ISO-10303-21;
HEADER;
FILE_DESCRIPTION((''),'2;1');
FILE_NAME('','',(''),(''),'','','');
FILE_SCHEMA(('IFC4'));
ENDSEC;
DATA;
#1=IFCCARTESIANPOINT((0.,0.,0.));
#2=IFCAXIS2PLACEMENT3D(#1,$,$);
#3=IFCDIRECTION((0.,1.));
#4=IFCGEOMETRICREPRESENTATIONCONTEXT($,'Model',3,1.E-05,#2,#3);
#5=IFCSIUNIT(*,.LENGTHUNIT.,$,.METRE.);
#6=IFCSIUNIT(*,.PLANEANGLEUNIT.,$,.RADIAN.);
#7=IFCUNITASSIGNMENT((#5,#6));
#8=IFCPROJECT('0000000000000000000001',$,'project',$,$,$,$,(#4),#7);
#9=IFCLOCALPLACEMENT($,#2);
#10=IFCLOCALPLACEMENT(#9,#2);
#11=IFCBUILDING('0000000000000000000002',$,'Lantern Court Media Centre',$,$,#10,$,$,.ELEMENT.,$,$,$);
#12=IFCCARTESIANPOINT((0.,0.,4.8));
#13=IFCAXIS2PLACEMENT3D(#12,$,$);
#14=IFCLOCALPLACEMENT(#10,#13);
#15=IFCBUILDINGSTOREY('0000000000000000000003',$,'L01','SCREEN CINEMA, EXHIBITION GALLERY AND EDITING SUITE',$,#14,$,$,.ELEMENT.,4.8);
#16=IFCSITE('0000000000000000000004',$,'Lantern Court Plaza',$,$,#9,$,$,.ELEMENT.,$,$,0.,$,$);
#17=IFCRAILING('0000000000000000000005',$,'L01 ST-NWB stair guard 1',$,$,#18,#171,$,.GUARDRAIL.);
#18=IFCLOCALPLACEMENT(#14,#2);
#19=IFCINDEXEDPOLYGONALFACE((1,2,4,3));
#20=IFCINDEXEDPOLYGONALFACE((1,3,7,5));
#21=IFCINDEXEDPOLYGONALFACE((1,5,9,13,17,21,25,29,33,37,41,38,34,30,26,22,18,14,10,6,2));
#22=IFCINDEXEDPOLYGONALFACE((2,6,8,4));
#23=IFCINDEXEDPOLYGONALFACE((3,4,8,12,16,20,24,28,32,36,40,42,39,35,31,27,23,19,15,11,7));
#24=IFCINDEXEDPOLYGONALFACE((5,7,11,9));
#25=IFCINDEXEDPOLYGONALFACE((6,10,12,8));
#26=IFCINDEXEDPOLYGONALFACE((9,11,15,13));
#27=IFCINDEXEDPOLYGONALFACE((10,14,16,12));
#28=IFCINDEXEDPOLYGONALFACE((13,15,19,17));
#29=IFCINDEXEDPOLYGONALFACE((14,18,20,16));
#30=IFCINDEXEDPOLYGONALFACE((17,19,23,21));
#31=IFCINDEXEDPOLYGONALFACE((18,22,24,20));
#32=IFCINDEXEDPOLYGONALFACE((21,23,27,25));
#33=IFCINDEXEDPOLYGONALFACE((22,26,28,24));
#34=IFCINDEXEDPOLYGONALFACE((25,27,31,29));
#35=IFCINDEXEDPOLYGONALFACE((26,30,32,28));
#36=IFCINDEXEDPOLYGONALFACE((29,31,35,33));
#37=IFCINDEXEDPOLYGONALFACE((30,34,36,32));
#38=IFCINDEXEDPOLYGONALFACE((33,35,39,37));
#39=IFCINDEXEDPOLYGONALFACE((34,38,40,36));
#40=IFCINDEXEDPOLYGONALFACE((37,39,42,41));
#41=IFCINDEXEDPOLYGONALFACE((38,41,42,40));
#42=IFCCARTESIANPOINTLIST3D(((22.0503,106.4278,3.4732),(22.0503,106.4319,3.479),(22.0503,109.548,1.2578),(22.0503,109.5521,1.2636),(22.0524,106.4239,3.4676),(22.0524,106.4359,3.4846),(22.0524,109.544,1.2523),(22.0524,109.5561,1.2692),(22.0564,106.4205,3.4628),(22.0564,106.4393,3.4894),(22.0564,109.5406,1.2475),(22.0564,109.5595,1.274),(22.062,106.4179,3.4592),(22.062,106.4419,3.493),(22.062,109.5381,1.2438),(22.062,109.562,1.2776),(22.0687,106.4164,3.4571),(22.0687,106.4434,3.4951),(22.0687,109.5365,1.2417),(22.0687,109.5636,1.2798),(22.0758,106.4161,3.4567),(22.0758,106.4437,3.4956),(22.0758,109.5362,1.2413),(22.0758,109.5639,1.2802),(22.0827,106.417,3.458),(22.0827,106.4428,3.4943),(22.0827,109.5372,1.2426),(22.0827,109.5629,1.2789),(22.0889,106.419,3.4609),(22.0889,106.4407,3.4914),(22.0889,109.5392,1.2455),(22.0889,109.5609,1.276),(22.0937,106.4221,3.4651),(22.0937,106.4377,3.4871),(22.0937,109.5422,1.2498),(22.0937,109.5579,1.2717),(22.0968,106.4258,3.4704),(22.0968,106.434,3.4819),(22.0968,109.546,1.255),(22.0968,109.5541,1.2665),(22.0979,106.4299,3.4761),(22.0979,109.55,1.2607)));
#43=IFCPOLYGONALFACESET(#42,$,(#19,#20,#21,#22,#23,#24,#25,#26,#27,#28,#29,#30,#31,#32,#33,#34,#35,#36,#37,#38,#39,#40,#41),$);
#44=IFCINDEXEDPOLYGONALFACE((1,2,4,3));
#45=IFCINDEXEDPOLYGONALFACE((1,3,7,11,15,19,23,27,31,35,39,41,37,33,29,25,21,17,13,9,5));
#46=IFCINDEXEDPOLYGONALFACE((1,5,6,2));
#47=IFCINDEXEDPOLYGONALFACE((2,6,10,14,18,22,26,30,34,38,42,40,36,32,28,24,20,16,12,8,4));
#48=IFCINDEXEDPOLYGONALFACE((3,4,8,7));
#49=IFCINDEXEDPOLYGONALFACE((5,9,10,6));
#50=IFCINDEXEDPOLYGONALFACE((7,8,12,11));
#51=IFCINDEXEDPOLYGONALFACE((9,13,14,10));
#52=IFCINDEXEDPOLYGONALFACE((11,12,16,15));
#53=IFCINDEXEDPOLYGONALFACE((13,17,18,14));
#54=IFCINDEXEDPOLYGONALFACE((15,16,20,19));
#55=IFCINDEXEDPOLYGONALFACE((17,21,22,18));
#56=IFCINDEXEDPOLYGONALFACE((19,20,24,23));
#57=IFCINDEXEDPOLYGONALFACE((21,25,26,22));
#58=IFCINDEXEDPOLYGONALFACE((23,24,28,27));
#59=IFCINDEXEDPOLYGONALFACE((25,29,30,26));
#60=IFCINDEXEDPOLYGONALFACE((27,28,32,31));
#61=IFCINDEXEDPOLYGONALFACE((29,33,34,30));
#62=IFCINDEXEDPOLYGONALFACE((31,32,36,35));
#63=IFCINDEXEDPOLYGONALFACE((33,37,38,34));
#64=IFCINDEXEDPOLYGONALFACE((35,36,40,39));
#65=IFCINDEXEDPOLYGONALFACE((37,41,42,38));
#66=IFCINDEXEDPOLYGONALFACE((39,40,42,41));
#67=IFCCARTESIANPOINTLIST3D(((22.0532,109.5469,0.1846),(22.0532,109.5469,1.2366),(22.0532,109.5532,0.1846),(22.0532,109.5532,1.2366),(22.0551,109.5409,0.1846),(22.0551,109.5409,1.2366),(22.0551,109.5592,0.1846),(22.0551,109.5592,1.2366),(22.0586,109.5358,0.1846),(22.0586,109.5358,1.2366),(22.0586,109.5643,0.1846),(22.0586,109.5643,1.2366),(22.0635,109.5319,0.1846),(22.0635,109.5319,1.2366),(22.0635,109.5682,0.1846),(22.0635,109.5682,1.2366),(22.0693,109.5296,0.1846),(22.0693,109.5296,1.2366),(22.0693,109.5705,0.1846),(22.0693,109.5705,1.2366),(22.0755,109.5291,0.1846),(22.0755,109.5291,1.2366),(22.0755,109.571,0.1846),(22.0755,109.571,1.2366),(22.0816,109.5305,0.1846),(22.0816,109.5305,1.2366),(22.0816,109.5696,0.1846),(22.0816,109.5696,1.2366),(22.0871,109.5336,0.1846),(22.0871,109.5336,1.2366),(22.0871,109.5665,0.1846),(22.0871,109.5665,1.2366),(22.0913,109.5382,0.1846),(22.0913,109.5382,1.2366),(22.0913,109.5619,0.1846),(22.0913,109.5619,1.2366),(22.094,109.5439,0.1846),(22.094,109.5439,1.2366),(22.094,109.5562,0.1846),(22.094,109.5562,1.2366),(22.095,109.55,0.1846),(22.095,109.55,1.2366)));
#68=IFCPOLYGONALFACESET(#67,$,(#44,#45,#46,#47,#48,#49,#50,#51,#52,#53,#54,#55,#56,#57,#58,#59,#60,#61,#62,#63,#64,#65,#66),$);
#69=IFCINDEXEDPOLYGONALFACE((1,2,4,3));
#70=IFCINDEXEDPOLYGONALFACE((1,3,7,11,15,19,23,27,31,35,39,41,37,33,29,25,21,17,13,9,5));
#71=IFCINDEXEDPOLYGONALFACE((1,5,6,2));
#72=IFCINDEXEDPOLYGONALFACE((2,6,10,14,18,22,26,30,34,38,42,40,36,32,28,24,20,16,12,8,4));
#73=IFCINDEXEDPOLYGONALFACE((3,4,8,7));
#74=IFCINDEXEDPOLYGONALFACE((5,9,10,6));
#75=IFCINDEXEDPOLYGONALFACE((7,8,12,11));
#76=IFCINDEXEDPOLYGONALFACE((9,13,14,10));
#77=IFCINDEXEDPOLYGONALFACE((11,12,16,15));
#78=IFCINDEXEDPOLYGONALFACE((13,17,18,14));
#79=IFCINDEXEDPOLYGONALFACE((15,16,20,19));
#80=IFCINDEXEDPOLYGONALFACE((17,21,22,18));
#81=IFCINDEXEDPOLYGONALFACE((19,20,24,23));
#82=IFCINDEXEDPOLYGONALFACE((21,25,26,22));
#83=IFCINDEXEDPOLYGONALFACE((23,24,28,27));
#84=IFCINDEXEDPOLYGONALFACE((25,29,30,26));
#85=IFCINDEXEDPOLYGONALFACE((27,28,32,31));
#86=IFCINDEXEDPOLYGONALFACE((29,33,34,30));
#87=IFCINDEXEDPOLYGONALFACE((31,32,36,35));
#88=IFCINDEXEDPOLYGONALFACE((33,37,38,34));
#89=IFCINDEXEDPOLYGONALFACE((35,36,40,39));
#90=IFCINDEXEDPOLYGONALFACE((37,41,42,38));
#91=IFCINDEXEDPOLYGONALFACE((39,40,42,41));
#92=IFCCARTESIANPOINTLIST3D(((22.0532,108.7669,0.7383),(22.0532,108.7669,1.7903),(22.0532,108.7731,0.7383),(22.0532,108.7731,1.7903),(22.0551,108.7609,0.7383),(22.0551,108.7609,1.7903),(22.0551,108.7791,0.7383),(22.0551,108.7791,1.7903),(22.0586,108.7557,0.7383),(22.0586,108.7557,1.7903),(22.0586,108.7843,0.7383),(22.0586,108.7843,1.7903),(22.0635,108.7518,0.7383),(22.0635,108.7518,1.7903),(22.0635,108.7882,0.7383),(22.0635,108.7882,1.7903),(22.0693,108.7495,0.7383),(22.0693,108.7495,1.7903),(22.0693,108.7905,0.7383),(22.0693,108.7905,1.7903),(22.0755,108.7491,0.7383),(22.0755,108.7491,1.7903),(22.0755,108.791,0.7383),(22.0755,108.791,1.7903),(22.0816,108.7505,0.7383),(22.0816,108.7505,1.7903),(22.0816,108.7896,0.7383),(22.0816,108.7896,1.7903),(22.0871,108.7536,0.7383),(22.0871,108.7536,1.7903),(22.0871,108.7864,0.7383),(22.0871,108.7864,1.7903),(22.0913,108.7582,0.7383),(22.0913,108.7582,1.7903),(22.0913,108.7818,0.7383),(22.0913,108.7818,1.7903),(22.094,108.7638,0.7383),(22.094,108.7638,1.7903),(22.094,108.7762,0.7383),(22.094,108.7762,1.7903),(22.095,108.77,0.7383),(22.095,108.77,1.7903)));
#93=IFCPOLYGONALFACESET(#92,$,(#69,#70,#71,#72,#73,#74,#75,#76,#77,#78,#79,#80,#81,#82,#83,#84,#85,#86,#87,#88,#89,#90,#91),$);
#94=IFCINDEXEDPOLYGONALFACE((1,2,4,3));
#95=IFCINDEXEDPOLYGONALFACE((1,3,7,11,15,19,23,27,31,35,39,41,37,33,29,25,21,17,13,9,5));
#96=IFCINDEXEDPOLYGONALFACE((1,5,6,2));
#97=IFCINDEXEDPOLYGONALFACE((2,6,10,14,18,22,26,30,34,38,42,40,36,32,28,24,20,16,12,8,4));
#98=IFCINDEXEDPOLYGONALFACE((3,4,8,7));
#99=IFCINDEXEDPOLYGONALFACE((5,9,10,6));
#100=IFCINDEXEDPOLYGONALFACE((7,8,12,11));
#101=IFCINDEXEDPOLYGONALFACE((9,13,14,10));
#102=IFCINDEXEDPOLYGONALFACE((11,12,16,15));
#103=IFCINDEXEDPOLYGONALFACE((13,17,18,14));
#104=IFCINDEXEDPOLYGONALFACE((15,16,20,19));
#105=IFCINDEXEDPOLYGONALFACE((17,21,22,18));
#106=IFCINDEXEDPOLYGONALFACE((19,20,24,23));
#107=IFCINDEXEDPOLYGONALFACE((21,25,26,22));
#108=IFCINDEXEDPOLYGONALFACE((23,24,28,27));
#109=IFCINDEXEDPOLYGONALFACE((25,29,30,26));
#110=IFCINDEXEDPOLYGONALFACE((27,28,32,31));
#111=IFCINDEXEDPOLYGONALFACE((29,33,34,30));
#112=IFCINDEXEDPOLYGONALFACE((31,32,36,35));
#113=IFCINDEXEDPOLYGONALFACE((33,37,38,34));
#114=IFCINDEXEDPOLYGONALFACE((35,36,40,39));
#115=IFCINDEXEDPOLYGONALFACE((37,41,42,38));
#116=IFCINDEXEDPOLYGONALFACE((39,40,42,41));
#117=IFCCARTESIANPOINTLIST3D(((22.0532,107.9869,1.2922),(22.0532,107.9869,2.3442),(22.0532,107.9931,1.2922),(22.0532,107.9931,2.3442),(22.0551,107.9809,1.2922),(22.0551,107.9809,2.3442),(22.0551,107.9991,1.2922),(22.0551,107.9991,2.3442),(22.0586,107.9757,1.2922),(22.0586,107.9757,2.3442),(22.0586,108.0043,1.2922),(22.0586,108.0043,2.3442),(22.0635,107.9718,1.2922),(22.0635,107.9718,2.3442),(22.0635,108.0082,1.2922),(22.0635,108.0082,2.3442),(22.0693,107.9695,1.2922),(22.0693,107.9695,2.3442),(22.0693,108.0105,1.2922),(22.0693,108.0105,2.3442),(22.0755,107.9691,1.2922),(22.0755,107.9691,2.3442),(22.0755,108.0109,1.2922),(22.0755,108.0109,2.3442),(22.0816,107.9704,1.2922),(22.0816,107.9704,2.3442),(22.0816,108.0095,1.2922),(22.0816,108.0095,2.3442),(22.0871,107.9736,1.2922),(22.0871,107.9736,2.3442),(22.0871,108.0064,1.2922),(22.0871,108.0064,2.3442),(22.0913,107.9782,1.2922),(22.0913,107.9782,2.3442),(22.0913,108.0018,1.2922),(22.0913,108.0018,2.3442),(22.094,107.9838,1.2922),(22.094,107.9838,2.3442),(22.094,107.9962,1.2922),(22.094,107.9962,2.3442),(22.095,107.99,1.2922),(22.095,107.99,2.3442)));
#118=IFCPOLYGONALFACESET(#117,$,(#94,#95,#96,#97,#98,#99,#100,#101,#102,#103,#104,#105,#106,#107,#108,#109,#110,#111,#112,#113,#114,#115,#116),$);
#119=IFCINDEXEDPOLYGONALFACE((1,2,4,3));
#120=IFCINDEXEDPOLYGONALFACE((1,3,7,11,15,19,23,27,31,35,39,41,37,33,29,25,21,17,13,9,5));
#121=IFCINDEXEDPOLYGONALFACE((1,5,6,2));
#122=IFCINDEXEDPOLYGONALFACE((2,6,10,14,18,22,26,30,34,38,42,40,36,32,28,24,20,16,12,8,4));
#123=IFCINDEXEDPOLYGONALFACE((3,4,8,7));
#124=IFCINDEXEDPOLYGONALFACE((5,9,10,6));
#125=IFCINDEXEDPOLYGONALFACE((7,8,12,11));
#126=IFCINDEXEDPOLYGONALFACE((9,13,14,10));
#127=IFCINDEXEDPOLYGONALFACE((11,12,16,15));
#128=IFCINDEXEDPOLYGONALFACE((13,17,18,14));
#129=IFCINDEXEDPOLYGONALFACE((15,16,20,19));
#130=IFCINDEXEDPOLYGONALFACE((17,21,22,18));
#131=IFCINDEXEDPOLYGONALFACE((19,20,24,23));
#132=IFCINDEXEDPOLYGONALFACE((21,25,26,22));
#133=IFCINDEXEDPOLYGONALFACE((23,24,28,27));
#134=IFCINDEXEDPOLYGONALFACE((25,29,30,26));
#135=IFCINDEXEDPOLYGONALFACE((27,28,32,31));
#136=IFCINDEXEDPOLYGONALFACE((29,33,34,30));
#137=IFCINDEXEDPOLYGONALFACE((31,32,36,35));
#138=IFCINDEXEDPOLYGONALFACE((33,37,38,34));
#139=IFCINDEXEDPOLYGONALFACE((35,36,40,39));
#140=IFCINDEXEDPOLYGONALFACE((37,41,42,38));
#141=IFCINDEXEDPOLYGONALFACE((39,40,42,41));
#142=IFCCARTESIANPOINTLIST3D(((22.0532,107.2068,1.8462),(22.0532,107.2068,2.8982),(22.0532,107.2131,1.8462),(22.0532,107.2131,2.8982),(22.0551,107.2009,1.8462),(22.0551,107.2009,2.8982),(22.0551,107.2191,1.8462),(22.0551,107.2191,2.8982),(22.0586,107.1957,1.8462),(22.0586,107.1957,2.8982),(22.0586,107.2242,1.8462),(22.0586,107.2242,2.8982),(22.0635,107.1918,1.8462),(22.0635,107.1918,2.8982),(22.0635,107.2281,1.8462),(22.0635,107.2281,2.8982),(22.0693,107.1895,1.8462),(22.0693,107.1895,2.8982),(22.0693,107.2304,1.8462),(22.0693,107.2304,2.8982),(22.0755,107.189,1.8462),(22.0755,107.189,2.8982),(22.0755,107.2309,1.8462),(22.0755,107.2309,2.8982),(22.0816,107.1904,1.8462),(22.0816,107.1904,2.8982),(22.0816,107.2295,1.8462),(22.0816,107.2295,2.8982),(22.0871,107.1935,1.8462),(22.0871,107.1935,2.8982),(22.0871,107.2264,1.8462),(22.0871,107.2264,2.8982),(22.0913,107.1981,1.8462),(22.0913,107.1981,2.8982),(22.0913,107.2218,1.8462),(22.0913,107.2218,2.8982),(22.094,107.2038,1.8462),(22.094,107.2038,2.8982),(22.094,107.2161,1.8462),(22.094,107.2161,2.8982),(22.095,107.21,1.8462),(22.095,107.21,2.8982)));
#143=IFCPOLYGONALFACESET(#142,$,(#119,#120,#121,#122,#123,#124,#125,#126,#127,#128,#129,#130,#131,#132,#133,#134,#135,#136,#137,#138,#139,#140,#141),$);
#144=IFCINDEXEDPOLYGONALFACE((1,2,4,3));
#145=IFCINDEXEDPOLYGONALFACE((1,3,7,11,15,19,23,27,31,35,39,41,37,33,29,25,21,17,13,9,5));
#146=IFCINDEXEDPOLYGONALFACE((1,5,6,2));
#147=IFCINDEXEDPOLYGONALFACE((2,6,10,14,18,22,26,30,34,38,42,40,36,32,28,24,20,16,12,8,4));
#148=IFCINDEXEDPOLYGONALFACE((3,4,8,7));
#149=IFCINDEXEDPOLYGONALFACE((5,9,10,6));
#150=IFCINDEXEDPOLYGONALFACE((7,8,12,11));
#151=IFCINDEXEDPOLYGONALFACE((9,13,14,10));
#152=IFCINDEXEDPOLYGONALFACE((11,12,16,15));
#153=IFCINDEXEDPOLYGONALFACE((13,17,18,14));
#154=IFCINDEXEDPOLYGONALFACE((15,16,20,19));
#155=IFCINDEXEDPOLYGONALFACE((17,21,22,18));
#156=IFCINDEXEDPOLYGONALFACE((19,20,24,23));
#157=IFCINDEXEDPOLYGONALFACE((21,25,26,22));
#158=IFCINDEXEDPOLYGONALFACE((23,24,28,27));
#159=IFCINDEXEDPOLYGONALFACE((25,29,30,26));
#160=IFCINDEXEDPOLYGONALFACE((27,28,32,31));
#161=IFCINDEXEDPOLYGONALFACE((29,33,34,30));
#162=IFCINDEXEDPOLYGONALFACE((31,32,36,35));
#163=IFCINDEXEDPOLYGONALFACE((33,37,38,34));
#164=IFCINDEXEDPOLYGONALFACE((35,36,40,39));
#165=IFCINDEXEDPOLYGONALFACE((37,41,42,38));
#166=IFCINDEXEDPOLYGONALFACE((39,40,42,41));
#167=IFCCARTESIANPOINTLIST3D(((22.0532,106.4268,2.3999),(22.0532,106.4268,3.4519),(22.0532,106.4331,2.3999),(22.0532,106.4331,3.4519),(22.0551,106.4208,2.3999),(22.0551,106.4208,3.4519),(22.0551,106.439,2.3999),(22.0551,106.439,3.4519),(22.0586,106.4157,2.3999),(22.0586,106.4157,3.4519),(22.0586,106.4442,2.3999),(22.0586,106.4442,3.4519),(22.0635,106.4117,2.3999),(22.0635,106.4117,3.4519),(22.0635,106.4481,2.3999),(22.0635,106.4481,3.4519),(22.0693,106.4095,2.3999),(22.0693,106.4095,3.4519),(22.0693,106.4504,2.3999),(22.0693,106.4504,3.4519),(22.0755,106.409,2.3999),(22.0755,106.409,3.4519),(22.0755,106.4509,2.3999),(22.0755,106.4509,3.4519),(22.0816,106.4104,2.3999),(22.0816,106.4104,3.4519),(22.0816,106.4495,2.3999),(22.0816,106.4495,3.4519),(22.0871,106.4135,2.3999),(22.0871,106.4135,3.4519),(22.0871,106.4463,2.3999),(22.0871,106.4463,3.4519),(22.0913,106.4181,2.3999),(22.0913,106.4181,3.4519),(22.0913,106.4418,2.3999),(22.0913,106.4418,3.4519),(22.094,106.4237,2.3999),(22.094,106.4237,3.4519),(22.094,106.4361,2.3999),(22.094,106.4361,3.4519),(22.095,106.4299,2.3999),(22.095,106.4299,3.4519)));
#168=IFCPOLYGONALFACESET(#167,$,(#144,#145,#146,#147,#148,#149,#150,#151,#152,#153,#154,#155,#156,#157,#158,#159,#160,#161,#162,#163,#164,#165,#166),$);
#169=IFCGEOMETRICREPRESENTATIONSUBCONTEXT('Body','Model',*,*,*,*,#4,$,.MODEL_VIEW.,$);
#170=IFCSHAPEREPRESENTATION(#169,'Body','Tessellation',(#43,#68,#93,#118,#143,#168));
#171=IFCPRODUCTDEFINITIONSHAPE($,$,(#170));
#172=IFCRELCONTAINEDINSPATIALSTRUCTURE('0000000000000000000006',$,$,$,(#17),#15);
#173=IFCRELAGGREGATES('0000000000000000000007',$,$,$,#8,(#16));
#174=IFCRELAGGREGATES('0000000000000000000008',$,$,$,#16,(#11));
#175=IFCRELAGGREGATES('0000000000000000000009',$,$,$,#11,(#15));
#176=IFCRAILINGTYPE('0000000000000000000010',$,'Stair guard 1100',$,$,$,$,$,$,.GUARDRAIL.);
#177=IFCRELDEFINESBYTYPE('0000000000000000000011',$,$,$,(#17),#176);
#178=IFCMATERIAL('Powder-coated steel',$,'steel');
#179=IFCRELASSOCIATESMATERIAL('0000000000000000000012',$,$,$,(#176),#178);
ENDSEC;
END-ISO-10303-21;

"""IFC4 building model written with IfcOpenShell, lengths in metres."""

from ifc_helpers import new_model, si_unit, direction, frame, origin, origin_2d, place, context, subcontext, project, spatial, circle, extrude, material, type_object, element, save


model = new_model("IFC4")

# Units and contexts
model_context = context("Model", 3, precision=1e-05, world=origin(), true_north=direction((0.0, 1.0)))
body_context = subcontext(model_context, "Body", "Model", "MODEL_VIEW")
ifc_project = project(units=[si_unit("LENGTHUNIT", "METRE"), si_unit("PLANEANGLEUNIT", "RADIAN")], contexts=[model_context])

# Site, building, storey
site_placement = place(None, origin())
site = spatial("IfcSite", under=ifc_project, at=site_placement, Name="Lantern Court Plaza", CompositionType="ELEMENT", RefElevation=0.0)
building_placement = place(site_placement, origin())
building = spatial("IfcBuilding", under=site, at=building_placement, Name="Lantern Court Media Centre", CompositionType="ELEMENT")
storey_placement = place(building_placement, frame((0.0, 0.0, 4.8)))
storey = spatial("IfcBuildingStorey", under=building, at=storey_placement, Name="L01", Description="SCREEN CINEMA, EXHIBITION GALLERY AND EDITING SUITE", CompositionType="ELEMENT", Elevation=4.8)

# Shared definitions
ifc_material_1 = material(Name="Powder-coated steel", Category="steel")

# Railing
railing_type_1 = type_object("IfcRailingType", Name="Stair guard 1100", PredefinedType="GUARDRAIL", material=ifc_material_1)
railing_1_placement = place(storey_placement, frame((22.074, 109.55, 0.1846)))
element("IfcRailing", 1, at=railing_1_placement, inside=storey, type_object=railing_type_1, Name="L01 ST-NWB stair guard 1", PredefinedType="GUARDRAIL", context=body_context, shape_type="SweptSolid", body=[
    extrude(circle(Radius=0.0239, at=origin_2d()), frame((0.0, 0.0, 1.0762), z_axis=(0.0, -0.815377, 0.57893), x_axis=(1.0, 0.0, 0.0)), (0.0, 0.0, 1.0), 3.8267),
    extrude(circle(Radius=0.021, at=origin_2d()), origin(), (0.0, 0.0, 1.0), 1.052),
    extrude(circle(Radius=0.021, at=origin_2d()), frame((0.0, -0.78, 0.5537)), (0.0, 0.0, 1.0), 1.052),
    extrude(circle(Radius=0.021, at=origin_2d()), frame((0.0, -1.5601, 1.1077)), (0.0, 0.0, 1.0), 1.052),
    extrude(circle(Radius=0.021, at=origin_2d()), frame((0.0, -2.3401, 1.6616)), (0.0, 0.0, 1.0), 1.052),
    extrude(circle(Radius=0.021, at=origin_2d()), frame((0.0, -3.1201, 2.2153)), (0.0, 0.0, 1.0), 1.052),
])

save(model, "model.ifc")
